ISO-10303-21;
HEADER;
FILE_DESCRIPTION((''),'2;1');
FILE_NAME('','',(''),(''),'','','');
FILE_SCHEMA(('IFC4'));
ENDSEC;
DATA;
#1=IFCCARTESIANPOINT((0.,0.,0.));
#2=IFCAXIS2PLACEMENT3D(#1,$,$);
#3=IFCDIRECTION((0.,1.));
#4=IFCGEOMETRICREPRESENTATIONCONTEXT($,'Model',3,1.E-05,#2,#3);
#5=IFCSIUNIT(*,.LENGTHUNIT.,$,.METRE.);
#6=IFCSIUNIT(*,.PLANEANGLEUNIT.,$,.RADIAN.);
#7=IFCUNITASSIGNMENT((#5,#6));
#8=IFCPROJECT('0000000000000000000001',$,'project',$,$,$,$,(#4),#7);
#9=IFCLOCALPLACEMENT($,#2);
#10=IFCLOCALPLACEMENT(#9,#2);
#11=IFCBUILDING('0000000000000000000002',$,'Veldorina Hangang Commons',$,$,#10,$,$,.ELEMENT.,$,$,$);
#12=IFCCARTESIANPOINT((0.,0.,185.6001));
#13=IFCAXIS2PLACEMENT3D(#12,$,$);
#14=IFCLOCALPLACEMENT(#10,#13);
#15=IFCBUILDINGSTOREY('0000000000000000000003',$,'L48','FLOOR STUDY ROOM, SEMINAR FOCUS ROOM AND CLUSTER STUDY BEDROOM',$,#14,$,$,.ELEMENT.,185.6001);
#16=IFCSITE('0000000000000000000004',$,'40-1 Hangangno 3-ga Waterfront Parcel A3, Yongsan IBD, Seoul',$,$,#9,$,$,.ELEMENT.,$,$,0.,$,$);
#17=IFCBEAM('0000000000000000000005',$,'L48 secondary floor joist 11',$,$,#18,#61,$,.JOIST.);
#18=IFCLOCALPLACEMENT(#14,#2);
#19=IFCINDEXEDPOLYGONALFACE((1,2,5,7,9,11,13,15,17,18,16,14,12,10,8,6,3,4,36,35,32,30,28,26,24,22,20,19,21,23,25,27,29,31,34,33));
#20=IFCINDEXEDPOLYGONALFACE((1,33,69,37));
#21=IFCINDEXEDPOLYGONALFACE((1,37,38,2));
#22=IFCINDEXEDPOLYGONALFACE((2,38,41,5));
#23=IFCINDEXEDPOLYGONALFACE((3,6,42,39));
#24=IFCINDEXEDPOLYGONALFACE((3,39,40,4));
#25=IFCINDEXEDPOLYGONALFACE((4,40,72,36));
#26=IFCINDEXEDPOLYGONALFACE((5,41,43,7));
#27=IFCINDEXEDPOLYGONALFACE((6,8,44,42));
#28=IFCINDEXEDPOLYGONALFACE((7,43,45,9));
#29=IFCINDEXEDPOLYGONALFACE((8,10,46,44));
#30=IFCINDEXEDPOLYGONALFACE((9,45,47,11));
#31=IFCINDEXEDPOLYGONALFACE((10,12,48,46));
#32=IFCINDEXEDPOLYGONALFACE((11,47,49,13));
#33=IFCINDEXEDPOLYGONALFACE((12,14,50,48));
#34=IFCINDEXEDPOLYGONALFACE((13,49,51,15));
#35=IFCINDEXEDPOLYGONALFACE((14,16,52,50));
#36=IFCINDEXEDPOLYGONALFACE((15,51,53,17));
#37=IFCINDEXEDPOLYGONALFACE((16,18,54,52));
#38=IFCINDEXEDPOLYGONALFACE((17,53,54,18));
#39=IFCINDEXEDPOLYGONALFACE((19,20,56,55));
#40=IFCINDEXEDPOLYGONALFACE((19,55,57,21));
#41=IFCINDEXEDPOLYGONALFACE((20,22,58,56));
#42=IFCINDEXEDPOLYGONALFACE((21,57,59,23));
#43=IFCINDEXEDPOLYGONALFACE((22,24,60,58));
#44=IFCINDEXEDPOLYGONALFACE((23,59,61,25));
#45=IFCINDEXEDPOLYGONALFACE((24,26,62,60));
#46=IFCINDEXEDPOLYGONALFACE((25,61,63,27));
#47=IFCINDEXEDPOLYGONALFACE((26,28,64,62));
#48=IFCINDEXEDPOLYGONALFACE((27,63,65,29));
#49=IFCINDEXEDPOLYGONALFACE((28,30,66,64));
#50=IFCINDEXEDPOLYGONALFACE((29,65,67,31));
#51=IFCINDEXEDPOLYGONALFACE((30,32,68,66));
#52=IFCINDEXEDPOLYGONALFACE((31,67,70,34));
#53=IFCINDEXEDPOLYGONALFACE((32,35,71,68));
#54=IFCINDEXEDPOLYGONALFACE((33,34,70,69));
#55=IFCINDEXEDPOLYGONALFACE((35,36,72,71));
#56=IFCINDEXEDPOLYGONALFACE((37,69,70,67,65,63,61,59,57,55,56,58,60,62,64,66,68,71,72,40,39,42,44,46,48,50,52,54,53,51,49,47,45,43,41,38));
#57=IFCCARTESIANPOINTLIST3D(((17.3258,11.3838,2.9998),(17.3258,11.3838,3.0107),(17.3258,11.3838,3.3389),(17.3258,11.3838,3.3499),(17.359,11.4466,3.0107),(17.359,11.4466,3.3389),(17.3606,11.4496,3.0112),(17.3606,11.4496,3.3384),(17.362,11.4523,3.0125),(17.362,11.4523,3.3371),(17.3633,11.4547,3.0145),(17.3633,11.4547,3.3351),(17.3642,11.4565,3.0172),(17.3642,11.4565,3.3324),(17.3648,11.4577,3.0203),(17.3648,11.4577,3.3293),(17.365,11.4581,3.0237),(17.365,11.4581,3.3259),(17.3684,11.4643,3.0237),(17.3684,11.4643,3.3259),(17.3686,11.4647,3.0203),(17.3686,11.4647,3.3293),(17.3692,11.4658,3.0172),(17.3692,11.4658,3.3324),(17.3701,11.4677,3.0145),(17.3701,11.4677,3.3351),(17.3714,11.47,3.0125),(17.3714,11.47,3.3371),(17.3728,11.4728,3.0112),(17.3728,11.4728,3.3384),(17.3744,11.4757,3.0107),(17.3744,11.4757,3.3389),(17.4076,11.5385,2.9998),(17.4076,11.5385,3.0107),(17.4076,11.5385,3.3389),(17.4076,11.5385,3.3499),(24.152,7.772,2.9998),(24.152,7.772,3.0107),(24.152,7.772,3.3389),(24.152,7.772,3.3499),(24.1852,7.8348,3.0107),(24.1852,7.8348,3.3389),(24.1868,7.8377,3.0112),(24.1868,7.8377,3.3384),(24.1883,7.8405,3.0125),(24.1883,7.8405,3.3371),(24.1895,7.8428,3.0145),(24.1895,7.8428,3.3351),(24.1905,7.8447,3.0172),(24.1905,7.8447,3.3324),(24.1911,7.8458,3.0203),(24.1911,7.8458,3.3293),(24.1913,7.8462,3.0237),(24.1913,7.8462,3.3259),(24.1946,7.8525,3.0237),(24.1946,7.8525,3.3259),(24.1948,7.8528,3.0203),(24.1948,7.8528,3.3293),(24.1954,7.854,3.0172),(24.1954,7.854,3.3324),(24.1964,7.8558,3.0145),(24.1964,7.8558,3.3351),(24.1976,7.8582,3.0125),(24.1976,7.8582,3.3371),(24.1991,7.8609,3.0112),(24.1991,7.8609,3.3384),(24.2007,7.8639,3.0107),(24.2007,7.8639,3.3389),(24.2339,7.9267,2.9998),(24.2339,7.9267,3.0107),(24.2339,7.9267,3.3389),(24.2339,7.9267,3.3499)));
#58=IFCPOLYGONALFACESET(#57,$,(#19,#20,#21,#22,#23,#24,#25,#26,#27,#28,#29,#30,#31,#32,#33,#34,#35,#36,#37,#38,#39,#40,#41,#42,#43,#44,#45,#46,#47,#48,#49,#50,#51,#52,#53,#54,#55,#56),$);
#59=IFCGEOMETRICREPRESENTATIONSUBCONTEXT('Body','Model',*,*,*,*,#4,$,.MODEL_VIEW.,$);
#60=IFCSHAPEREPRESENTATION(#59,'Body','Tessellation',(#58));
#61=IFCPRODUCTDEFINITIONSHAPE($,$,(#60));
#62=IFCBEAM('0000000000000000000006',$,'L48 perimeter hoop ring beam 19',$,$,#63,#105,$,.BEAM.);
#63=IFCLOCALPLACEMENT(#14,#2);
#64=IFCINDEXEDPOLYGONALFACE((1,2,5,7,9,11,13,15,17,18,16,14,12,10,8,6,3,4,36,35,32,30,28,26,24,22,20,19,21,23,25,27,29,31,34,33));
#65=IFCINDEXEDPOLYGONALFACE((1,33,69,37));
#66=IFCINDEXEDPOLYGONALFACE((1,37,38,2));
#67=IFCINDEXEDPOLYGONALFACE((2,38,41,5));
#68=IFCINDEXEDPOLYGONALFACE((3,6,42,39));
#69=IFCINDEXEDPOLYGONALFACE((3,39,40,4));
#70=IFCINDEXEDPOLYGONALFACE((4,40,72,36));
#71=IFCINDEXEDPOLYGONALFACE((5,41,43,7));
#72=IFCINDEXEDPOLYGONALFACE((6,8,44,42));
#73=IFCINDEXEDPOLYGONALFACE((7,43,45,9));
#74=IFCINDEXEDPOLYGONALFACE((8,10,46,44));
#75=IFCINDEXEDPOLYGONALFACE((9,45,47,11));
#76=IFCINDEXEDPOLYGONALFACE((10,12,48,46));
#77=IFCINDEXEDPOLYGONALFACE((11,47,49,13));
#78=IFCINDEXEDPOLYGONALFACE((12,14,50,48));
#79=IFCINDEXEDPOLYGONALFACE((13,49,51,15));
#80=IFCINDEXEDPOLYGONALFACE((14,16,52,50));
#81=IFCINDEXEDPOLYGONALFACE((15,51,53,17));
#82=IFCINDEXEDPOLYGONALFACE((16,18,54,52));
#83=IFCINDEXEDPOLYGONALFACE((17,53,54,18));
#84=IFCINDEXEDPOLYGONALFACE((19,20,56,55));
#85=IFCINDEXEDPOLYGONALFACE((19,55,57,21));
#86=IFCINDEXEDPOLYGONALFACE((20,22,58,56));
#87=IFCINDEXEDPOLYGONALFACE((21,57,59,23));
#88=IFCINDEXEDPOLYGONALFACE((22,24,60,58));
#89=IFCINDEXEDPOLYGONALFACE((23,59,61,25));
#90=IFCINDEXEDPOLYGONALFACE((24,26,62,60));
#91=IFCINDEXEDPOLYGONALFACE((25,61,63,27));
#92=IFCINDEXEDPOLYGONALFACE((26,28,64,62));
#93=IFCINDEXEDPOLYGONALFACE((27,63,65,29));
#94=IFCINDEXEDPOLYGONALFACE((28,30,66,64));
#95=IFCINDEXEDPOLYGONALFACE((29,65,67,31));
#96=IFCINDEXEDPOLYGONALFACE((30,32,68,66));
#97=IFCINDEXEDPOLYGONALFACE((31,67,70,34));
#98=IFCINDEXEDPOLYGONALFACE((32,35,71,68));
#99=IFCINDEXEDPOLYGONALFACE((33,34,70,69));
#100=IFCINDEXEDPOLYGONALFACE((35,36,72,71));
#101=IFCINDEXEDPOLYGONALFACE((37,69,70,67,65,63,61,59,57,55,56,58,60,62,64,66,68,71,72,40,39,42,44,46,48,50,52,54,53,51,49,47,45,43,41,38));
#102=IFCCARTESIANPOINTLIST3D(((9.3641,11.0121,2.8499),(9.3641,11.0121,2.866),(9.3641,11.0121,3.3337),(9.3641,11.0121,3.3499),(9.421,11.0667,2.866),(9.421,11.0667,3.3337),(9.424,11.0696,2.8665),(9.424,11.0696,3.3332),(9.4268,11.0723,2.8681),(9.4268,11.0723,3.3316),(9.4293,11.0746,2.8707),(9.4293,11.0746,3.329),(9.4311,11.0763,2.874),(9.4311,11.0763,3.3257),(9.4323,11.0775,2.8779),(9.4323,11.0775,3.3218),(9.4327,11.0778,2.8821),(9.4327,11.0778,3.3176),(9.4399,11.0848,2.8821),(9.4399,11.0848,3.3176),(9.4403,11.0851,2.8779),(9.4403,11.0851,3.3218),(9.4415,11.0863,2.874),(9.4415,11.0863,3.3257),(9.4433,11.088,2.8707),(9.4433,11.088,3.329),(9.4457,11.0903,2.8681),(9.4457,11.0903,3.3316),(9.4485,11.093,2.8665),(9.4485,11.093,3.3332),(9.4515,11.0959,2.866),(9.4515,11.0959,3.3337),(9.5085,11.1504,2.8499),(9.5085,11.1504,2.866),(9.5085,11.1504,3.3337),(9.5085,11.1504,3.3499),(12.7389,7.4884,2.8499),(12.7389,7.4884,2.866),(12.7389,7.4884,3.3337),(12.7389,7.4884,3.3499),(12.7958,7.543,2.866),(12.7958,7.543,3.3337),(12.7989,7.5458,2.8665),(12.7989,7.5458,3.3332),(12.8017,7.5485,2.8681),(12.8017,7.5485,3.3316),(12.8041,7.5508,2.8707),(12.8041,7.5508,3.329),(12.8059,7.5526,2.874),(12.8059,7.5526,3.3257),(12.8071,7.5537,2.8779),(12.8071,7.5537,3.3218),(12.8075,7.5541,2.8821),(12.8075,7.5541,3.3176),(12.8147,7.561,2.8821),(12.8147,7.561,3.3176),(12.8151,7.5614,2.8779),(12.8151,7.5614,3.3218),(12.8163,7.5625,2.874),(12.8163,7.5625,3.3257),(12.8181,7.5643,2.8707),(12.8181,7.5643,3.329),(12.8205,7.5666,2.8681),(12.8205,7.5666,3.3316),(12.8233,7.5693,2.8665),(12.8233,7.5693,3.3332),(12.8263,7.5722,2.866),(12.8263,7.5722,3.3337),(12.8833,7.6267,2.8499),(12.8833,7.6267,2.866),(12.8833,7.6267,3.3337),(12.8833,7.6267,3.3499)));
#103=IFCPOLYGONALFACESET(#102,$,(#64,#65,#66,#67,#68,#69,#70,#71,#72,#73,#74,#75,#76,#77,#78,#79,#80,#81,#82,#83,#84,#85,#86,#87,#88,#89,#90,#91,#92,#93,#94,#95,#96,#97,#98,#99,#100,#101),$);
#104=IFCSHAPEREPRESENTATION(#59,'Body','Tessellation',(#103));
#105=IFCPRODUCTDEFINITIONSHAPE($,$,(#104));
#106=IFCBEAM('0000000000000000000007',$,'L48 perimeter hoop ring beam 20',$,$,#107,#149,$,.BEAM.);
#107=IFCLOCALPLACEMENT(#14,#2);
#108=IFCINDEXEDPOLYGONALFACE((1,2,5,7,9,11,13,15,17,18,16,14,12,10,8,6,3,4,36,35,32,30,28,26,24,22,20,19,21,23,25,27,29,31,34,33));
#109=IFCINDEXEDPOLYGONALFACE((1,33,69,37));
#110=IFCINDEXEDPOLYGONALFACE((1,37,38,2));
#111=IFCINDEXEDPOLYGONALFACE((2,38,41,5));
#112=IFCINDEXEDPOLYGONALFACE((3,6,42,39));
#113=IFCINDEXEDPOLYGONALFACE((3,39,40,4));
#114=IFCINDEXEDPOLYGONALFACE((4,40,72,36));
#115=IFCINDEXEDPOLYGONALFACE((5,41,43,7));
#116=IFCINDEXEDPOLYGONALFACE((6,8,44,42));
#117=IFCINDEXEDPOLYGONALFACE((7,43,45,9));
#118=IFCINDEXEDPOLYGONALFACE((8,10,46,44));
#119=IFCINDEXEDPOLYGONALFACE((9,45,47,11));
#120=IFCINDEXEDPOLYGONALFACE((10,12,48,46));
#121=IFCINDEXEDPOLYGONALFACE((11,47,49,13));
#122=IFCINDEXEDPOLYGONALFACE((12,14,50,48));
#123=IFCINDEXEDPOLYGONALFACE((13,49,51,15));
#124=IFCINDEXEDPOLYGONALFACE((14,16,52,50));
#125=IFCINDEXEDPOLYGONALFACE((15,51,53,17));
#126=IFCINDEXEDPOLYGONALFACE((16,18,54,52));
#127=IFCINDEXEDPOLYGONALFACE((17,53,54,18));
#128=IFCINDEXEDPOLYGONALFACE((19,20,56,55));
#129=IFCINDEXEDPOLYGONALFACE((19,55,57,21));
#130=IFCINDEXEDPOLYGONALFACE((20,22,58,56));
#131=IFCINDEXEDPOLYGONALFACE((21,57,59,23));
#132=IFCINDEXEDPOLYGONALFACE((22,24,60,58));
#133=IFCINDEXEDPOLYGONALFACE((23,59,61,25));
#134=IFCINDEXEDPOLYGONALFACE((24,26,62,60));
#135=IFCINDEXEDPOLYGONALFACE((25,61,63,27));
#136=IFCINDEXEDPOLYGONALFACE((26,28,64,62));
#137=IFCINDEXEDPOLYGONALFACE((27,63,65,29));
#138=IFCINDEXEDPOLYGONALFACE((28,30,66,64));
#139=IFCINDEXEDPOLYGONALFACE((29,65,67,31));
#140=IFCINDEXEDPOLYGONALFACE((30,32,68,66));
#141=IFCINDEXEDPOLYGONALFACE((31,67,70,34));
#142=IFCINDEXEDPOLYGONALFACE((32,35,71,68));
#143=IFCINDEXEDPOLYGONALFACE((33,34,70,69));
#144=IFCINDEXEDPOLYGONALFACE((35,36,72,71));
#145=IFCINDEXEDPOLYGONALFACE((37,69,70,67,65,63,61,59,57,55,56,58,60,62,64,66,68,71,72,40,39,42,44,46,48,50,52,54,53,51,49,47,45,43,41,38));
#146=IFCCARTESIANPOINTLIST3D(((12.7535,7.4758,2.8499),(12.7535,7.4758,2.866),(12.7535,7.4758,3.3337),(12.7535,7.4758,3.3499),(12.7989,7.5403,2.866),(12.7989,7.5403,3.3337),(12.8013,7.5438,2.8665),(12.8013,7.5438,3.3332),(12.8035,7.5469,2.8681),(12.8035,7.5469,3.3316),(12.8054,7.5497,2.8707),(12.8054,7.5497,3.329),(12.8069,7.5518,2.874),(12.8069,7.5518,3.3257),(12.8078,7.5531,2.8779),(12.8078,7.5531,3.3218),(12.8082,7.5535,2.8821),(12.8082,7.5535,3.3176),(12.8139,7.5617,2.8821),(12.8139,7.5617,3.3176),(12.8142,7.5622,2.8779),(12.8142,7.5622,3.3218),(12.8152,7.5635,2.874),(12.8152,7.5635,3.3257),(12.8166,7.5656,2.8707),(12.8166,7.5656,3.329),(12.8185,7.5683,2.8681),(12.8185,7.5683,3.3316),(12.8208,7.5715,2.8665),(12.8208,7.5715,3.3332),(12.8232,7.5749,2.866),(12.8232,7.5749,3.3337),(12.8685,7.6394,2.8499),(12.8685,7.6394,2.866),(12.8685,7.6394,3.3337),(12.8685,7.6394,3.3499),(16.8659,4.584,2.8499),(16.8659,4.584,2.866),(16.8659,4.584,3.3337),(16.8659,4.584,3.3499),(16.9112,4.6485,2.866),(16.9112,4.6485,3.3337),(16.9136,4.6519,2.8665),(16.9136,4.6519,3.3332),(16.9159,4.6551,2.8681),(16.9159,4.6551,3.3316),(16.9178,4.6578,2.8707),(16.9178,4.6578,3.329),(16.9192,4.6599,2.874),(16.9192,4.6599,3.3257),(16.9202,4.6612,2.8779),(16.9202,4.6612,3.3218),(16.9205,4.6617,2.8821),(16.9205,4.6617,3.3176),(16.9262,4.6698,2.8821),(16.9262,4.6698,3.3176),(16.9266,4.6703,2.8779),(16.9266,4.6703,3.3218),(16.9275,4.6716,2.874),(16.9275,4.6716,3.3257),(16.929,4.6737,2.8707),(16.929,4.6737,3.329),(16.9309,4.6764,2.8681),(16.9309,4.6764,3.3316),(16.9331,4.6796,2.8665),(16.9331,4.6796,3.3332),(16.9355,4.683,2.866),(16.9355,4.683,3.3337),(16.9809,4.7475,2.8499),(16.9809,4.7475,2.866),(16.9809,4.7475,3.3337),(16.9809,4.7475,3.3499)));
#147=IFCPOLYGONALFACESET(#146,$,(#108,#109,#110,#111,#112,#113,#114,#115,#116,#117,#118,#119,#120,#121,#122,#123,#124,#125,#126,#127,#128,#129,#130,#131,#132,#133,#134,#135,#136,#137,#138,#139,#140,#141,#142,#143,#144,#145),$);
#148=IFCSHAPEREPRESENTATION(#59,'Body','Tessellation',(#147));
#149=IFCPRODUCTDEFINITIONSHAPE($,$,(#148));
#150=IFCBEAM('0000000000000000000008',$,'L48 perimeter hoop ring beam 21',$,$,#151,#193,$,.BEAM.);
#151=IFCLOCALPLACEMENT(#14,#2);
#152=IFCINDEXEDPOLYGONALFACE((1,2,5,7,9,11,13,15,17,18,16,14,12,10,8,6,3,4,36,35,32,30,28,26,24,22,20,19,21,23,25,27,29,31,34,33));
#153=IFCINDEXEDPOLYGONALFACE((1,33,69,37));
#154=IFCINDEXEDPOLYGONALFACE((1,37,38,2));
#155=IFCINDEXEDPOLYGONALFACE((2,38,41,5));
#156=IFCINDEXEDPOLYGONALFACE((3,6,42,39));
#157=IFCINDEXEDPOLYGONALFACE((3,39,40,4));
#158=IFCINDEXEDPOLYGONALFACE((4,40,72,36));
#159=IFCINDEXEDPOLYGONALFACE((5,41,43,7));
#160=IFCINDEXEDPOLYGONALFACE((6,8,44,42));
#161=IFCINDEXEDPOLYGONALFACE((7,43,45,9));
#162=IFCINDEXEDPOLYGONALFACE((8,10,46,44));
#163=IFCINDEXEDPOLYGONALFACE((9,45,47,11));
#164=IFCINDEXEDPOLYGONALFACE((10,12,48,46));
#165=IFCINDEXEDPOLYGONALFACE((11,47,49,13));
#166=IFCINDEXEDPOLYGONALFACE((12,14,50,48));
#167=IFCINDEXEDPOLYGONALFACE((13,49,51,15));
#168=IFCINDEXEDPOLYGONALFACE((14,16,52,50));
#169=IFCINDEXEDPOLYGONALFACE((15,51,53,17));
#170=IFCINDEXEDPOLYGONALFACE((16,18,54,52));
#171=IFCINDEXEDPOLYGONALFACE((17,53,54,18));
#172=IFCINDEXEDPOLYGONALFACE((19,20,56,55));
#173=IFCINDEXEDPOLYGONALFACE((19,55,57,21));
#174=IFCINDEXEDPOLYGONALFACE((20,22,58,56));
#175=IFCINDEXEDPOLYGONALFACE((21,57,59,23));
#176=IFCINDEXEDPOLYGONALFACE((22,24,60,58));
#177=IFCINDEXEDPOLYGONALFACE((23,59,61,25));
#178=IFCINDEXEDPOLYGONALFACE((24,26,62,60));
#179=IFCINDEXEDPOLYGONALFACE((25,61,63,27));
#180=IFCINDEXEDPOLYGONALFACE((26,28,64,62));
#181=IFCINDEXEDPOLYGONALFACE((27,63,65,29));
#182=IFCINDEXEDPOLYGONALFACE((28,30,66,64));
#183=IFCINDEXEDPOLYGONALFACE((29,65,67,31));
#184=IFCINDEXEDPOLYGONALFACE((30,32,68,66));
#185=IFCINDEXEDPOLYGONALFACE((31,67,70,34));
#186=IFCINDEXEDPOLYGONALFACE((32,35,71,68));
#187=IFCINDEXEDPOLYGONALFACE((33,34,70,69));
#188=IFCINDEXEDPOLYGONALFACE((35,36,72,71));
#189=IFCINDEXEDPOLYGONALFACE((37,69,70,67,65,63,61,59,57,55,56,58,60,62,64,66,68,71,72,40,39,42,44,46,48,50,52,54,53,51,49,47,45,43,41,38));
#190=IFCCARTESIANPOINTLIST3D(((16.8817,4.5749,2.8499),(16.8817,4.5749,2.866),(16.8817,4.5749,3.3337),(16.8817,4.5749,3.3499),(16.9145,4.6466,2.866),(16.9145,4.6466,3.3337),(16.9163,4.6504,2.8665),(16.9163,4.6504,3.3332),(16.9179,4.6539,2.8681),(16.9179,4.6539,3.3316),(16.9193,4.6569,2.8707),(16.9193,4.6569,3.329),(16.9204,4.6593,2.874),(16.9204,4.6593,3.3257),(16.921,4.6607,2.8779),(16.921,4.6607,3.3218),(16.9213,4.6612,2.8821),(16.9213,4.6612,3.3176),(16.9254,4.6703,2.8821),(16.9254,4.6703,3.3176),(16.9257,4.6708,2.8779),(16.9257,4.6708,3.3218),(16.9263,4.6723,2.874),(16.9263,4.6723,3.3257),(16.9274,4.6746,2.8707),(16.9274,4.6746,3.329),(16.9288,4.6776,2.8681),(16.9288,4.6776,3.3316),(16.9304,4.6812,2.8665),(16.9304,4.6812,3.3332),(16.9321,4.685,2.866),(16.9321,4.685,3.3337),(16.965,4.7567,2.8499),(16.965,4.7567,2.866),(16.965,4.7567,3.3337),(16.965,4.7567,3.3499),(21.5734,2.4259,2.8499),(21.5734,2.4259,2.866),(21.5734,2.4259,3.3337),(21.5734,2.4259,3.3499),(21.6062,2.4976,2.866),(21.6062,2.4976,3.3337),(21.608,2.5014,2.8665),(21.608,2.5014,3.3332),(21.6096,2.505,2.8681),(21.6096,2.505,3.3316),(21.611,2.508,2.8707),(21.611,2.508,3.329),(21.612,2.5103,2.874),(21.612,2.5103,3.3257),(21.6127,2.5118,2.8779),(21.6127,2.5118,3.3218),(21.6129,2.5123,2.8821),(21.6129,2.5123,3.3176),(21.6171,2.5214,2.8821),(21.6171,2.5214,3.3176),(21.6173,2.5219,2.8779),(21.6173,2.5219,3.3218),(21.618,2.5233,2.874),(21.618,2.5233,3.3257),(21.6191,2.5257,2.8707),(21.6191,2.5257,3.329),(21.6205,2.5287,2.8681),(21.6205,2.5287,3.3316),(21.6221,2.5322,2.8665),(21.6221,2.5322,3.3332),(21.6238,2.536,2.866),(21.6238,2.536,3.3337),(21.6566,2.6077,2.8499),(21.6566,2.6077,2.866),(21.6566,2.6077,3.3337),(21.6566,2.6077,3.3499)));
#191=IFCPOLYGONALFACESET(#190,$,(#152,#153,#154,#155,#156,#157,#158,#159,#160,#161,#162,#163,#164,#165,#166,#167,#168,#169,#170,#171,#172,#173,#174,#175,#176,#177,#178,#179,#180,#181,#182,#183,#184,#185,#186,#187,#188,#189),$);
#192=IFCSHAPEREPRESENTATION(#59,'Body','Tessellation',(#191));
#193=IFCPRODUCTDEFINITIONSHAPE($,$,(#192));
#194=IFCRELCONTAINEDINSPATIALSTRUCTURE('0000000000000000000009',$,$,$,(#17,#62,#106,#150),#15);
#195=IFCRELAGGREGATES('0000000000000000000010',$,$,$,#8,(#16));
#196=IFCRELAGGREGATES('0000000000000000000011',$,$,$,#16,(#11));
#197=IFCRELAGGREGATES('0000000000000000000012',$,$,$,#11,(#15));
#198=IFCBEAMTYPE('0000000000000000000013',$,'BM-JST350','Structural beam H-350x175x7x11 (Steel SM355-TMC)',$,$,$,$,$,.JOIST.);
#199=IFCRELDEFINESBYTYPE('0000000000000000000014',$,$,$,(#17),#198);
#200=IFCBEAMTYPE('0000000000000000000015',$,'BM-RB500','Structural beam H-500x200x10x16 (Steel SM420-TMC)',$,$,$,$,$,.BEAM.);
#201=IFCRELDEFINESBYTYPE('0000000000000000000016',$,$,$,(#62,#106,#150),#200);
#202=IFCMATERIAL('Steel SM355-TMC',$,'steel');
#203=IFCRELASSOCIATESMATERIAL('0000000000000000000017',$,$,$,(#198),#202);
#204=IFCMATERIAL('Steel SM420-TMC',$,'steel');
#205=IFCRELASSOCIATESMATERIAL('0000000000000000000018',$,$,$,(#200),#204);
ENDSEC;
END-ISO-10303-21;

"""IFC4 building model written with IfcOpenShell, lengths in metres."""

from ifc_helpers import new_model, si_unit, direction, frame, origin, origin_2d, place, context, subcontext, project, spatial, i_section, extrude, material, material_profile, profile_set, type_object, element, save


model = new_model("IFC4")

# Units and contexts
model_context = context("Model", 3, precision=1e-05, world=origin(), true_north=direction((0.0, 1.0)))
body_context = subcontext(model_context, "Body", "Model", "MODEL_VIEW")
ifc_project = project(units=[si_unit("LENGTHUNIT", "METRE"), si_unit("PLANEANGLEUNIT", "RADIAN")], contexts=[model_context])

# Site, building, storey
site_placement = place(None, origin())
site = spatial("IfcSite", under=ifc_project, at=site_placement, Name="40-1 Hangangno 3-ga Waterfront Parcel A3, Yongsan IBD, Seoul", CompositionType="ELEMENT", RefElevation=0.0)
building_placement = place(site_placement, origin())
building = spatial("IfcBuilding", under=site, at=building_placement, Name="Veldorina Hangang Commons", CompositionType="ELEMENT")
storey_placement = place(building_placement, frame((0.0, 0.0, 185.6001)))
storey = spatial("IfcBuildingStorey", under=building, at=storey_placement, Name="L48", Description="FLOOR STUDY ROOM, SEMINAR FOCUS ROOM AND CLUSTER STUDY BEDROOM", CompositionType="ELEMENT", Elevation=185.6001)

# Beams
ifc_material_1 = material(Name="Steel SM355-TMC", Category="steel")
ifc_material_profile_1 = material_profile(ifc_material_1, i_section(OverallWidth=0.175, OverallDepth=0.3501, WebThickness=0.0071, FlangeThickness=0.011, FilletRadius=0.0129, at=origin_2d()), Name="H-350x175x7x11")
ifc_profile_set_1 = profile_set([ifc_material_profile_1], Name="Steel SM355-TMC")
beam_type_1 = type_object("IfcBeamType", Name="BM-JST350", Description="Structural beam H-350x175x7x11 (Steel SM355-TMC)", PredefinedType="JOIST", material=ifc_profile_set_1)
beam_1_placement = place(storey_placement, frame((17.3667, 11.4612, 3.1748), z_axis=(0.883897, -0.467681, 0.0), x_axis=(0.467681, 0.883897, 0.0)))
element("IfcBeam", 1, at=beam_1_placement, inside=storey, type_object=beam_type_1, Name="L48 secondary floor joist 11", PredefinedType="JOIST", context=body_context, shape_type="SweptSolid", body=[
    extrude(i_section(OverallWidth=0.175, OverallDepth=0.3501, WebThickness=0.0071, FlangeThickness=0.011, FilletRadius=0.0129, at=origin_2d()), origin(), (0.0, 0.0, 1.0), 7.7229),
])
ifc_material_2 = material(Name="Steel SM420-TMC", Category="steel")
ifc_material_profile_2 = material_profile(ifc_material_2, i_section(OverallWidth=0.2, OverallDepth=0.5, WebThickness=0.01, FlangeThickness=0.0161, FilletRadius=0.0161, at=origin_2d()), Name="H-500x200x10x16")
ifc_profile_set_2 = profile_set([ifc_material_profile_2], Name="Steel SM420-TMC")
beam_type_2 = type_object("IfcBeamType", Name="BM-RB500", Description="Structural beam H-500x200x10x16 (Steel SM420-TMC)", PredefinedType="BEAM", material=ifc_profile_set_2)
beam_2_placement = place(storey_placement, frame((9.4363, 11.0813, 3.0999), z_axis=(0.69168, -0.722204, 0.0), x_axis=(0.722204, 0.69168, 0.0)))
element("IfcBeam", 2, at=beam_2_placement, inside=storey, type_object=beam_type_2, Name="L48 perimeter hoop ring beam 19", PredefinedType="BEAM", context=body_context, shape_type="SweptSolid", body=[
    extrude(i_section(OverallWidth=0.2, OverallDepth=0.5, WebThickness=0.01, FlangeThickness=0.0161, FilletRadius=0.0161, at=origin_2d()), origin(), (0.0, 0.0, 1.0), 4.8792),
])
beam_3_placement = place(storey_placement, frame((12.811, 7.5576, 3.0999), z_axis=(0.817993, -0.575228, 0.0), x_axis=(0.575228, 0.817993, 0.0)))
element("IfcBeam", 3, at=beam_3_placement, inside=storey, type_object=beam_type_2, Name="L48 perimeter hoop ring beam 20", PredefinedType="BEAM", context=body_context, shape_type="SweptSolid", body=[
    extrude(i_section(OverallWidth=0.2, OverallDepth=0.5, WebThickness=0.01, FlangeThickness=0.0161, FilletRadius=0.0161, at=origin_2d()), origin(), (0.0, 0.0, 1.0), 5.0273),
])
beam_4_placement = place(storey_placement, frame((16.9233, 4.6658, 3.0999), z_axis=(0.909169, -0.416428, 0.0), x_axis=(0.416428, 0.909169, 0.0)))
element("IfcBeam", 4, at=beam_4_placement, inside=storey, type_object=beam_type_2, Name="L48 perimeter hoop ring beam 21", PredefinedType="BEAM", context=body_context, shape_type="SweptSolid", body=[
    extrude(i_section(OverallWidth=0.2, OverallDepth=0.5, WebThickness=0.01, FlangeThickness=0.0161, FilletRadius=0.0161, at=origin_2d()), origin(), (0.0, 0.0, 1.0), 5.1604),
])

save(model, "model.ifc")
